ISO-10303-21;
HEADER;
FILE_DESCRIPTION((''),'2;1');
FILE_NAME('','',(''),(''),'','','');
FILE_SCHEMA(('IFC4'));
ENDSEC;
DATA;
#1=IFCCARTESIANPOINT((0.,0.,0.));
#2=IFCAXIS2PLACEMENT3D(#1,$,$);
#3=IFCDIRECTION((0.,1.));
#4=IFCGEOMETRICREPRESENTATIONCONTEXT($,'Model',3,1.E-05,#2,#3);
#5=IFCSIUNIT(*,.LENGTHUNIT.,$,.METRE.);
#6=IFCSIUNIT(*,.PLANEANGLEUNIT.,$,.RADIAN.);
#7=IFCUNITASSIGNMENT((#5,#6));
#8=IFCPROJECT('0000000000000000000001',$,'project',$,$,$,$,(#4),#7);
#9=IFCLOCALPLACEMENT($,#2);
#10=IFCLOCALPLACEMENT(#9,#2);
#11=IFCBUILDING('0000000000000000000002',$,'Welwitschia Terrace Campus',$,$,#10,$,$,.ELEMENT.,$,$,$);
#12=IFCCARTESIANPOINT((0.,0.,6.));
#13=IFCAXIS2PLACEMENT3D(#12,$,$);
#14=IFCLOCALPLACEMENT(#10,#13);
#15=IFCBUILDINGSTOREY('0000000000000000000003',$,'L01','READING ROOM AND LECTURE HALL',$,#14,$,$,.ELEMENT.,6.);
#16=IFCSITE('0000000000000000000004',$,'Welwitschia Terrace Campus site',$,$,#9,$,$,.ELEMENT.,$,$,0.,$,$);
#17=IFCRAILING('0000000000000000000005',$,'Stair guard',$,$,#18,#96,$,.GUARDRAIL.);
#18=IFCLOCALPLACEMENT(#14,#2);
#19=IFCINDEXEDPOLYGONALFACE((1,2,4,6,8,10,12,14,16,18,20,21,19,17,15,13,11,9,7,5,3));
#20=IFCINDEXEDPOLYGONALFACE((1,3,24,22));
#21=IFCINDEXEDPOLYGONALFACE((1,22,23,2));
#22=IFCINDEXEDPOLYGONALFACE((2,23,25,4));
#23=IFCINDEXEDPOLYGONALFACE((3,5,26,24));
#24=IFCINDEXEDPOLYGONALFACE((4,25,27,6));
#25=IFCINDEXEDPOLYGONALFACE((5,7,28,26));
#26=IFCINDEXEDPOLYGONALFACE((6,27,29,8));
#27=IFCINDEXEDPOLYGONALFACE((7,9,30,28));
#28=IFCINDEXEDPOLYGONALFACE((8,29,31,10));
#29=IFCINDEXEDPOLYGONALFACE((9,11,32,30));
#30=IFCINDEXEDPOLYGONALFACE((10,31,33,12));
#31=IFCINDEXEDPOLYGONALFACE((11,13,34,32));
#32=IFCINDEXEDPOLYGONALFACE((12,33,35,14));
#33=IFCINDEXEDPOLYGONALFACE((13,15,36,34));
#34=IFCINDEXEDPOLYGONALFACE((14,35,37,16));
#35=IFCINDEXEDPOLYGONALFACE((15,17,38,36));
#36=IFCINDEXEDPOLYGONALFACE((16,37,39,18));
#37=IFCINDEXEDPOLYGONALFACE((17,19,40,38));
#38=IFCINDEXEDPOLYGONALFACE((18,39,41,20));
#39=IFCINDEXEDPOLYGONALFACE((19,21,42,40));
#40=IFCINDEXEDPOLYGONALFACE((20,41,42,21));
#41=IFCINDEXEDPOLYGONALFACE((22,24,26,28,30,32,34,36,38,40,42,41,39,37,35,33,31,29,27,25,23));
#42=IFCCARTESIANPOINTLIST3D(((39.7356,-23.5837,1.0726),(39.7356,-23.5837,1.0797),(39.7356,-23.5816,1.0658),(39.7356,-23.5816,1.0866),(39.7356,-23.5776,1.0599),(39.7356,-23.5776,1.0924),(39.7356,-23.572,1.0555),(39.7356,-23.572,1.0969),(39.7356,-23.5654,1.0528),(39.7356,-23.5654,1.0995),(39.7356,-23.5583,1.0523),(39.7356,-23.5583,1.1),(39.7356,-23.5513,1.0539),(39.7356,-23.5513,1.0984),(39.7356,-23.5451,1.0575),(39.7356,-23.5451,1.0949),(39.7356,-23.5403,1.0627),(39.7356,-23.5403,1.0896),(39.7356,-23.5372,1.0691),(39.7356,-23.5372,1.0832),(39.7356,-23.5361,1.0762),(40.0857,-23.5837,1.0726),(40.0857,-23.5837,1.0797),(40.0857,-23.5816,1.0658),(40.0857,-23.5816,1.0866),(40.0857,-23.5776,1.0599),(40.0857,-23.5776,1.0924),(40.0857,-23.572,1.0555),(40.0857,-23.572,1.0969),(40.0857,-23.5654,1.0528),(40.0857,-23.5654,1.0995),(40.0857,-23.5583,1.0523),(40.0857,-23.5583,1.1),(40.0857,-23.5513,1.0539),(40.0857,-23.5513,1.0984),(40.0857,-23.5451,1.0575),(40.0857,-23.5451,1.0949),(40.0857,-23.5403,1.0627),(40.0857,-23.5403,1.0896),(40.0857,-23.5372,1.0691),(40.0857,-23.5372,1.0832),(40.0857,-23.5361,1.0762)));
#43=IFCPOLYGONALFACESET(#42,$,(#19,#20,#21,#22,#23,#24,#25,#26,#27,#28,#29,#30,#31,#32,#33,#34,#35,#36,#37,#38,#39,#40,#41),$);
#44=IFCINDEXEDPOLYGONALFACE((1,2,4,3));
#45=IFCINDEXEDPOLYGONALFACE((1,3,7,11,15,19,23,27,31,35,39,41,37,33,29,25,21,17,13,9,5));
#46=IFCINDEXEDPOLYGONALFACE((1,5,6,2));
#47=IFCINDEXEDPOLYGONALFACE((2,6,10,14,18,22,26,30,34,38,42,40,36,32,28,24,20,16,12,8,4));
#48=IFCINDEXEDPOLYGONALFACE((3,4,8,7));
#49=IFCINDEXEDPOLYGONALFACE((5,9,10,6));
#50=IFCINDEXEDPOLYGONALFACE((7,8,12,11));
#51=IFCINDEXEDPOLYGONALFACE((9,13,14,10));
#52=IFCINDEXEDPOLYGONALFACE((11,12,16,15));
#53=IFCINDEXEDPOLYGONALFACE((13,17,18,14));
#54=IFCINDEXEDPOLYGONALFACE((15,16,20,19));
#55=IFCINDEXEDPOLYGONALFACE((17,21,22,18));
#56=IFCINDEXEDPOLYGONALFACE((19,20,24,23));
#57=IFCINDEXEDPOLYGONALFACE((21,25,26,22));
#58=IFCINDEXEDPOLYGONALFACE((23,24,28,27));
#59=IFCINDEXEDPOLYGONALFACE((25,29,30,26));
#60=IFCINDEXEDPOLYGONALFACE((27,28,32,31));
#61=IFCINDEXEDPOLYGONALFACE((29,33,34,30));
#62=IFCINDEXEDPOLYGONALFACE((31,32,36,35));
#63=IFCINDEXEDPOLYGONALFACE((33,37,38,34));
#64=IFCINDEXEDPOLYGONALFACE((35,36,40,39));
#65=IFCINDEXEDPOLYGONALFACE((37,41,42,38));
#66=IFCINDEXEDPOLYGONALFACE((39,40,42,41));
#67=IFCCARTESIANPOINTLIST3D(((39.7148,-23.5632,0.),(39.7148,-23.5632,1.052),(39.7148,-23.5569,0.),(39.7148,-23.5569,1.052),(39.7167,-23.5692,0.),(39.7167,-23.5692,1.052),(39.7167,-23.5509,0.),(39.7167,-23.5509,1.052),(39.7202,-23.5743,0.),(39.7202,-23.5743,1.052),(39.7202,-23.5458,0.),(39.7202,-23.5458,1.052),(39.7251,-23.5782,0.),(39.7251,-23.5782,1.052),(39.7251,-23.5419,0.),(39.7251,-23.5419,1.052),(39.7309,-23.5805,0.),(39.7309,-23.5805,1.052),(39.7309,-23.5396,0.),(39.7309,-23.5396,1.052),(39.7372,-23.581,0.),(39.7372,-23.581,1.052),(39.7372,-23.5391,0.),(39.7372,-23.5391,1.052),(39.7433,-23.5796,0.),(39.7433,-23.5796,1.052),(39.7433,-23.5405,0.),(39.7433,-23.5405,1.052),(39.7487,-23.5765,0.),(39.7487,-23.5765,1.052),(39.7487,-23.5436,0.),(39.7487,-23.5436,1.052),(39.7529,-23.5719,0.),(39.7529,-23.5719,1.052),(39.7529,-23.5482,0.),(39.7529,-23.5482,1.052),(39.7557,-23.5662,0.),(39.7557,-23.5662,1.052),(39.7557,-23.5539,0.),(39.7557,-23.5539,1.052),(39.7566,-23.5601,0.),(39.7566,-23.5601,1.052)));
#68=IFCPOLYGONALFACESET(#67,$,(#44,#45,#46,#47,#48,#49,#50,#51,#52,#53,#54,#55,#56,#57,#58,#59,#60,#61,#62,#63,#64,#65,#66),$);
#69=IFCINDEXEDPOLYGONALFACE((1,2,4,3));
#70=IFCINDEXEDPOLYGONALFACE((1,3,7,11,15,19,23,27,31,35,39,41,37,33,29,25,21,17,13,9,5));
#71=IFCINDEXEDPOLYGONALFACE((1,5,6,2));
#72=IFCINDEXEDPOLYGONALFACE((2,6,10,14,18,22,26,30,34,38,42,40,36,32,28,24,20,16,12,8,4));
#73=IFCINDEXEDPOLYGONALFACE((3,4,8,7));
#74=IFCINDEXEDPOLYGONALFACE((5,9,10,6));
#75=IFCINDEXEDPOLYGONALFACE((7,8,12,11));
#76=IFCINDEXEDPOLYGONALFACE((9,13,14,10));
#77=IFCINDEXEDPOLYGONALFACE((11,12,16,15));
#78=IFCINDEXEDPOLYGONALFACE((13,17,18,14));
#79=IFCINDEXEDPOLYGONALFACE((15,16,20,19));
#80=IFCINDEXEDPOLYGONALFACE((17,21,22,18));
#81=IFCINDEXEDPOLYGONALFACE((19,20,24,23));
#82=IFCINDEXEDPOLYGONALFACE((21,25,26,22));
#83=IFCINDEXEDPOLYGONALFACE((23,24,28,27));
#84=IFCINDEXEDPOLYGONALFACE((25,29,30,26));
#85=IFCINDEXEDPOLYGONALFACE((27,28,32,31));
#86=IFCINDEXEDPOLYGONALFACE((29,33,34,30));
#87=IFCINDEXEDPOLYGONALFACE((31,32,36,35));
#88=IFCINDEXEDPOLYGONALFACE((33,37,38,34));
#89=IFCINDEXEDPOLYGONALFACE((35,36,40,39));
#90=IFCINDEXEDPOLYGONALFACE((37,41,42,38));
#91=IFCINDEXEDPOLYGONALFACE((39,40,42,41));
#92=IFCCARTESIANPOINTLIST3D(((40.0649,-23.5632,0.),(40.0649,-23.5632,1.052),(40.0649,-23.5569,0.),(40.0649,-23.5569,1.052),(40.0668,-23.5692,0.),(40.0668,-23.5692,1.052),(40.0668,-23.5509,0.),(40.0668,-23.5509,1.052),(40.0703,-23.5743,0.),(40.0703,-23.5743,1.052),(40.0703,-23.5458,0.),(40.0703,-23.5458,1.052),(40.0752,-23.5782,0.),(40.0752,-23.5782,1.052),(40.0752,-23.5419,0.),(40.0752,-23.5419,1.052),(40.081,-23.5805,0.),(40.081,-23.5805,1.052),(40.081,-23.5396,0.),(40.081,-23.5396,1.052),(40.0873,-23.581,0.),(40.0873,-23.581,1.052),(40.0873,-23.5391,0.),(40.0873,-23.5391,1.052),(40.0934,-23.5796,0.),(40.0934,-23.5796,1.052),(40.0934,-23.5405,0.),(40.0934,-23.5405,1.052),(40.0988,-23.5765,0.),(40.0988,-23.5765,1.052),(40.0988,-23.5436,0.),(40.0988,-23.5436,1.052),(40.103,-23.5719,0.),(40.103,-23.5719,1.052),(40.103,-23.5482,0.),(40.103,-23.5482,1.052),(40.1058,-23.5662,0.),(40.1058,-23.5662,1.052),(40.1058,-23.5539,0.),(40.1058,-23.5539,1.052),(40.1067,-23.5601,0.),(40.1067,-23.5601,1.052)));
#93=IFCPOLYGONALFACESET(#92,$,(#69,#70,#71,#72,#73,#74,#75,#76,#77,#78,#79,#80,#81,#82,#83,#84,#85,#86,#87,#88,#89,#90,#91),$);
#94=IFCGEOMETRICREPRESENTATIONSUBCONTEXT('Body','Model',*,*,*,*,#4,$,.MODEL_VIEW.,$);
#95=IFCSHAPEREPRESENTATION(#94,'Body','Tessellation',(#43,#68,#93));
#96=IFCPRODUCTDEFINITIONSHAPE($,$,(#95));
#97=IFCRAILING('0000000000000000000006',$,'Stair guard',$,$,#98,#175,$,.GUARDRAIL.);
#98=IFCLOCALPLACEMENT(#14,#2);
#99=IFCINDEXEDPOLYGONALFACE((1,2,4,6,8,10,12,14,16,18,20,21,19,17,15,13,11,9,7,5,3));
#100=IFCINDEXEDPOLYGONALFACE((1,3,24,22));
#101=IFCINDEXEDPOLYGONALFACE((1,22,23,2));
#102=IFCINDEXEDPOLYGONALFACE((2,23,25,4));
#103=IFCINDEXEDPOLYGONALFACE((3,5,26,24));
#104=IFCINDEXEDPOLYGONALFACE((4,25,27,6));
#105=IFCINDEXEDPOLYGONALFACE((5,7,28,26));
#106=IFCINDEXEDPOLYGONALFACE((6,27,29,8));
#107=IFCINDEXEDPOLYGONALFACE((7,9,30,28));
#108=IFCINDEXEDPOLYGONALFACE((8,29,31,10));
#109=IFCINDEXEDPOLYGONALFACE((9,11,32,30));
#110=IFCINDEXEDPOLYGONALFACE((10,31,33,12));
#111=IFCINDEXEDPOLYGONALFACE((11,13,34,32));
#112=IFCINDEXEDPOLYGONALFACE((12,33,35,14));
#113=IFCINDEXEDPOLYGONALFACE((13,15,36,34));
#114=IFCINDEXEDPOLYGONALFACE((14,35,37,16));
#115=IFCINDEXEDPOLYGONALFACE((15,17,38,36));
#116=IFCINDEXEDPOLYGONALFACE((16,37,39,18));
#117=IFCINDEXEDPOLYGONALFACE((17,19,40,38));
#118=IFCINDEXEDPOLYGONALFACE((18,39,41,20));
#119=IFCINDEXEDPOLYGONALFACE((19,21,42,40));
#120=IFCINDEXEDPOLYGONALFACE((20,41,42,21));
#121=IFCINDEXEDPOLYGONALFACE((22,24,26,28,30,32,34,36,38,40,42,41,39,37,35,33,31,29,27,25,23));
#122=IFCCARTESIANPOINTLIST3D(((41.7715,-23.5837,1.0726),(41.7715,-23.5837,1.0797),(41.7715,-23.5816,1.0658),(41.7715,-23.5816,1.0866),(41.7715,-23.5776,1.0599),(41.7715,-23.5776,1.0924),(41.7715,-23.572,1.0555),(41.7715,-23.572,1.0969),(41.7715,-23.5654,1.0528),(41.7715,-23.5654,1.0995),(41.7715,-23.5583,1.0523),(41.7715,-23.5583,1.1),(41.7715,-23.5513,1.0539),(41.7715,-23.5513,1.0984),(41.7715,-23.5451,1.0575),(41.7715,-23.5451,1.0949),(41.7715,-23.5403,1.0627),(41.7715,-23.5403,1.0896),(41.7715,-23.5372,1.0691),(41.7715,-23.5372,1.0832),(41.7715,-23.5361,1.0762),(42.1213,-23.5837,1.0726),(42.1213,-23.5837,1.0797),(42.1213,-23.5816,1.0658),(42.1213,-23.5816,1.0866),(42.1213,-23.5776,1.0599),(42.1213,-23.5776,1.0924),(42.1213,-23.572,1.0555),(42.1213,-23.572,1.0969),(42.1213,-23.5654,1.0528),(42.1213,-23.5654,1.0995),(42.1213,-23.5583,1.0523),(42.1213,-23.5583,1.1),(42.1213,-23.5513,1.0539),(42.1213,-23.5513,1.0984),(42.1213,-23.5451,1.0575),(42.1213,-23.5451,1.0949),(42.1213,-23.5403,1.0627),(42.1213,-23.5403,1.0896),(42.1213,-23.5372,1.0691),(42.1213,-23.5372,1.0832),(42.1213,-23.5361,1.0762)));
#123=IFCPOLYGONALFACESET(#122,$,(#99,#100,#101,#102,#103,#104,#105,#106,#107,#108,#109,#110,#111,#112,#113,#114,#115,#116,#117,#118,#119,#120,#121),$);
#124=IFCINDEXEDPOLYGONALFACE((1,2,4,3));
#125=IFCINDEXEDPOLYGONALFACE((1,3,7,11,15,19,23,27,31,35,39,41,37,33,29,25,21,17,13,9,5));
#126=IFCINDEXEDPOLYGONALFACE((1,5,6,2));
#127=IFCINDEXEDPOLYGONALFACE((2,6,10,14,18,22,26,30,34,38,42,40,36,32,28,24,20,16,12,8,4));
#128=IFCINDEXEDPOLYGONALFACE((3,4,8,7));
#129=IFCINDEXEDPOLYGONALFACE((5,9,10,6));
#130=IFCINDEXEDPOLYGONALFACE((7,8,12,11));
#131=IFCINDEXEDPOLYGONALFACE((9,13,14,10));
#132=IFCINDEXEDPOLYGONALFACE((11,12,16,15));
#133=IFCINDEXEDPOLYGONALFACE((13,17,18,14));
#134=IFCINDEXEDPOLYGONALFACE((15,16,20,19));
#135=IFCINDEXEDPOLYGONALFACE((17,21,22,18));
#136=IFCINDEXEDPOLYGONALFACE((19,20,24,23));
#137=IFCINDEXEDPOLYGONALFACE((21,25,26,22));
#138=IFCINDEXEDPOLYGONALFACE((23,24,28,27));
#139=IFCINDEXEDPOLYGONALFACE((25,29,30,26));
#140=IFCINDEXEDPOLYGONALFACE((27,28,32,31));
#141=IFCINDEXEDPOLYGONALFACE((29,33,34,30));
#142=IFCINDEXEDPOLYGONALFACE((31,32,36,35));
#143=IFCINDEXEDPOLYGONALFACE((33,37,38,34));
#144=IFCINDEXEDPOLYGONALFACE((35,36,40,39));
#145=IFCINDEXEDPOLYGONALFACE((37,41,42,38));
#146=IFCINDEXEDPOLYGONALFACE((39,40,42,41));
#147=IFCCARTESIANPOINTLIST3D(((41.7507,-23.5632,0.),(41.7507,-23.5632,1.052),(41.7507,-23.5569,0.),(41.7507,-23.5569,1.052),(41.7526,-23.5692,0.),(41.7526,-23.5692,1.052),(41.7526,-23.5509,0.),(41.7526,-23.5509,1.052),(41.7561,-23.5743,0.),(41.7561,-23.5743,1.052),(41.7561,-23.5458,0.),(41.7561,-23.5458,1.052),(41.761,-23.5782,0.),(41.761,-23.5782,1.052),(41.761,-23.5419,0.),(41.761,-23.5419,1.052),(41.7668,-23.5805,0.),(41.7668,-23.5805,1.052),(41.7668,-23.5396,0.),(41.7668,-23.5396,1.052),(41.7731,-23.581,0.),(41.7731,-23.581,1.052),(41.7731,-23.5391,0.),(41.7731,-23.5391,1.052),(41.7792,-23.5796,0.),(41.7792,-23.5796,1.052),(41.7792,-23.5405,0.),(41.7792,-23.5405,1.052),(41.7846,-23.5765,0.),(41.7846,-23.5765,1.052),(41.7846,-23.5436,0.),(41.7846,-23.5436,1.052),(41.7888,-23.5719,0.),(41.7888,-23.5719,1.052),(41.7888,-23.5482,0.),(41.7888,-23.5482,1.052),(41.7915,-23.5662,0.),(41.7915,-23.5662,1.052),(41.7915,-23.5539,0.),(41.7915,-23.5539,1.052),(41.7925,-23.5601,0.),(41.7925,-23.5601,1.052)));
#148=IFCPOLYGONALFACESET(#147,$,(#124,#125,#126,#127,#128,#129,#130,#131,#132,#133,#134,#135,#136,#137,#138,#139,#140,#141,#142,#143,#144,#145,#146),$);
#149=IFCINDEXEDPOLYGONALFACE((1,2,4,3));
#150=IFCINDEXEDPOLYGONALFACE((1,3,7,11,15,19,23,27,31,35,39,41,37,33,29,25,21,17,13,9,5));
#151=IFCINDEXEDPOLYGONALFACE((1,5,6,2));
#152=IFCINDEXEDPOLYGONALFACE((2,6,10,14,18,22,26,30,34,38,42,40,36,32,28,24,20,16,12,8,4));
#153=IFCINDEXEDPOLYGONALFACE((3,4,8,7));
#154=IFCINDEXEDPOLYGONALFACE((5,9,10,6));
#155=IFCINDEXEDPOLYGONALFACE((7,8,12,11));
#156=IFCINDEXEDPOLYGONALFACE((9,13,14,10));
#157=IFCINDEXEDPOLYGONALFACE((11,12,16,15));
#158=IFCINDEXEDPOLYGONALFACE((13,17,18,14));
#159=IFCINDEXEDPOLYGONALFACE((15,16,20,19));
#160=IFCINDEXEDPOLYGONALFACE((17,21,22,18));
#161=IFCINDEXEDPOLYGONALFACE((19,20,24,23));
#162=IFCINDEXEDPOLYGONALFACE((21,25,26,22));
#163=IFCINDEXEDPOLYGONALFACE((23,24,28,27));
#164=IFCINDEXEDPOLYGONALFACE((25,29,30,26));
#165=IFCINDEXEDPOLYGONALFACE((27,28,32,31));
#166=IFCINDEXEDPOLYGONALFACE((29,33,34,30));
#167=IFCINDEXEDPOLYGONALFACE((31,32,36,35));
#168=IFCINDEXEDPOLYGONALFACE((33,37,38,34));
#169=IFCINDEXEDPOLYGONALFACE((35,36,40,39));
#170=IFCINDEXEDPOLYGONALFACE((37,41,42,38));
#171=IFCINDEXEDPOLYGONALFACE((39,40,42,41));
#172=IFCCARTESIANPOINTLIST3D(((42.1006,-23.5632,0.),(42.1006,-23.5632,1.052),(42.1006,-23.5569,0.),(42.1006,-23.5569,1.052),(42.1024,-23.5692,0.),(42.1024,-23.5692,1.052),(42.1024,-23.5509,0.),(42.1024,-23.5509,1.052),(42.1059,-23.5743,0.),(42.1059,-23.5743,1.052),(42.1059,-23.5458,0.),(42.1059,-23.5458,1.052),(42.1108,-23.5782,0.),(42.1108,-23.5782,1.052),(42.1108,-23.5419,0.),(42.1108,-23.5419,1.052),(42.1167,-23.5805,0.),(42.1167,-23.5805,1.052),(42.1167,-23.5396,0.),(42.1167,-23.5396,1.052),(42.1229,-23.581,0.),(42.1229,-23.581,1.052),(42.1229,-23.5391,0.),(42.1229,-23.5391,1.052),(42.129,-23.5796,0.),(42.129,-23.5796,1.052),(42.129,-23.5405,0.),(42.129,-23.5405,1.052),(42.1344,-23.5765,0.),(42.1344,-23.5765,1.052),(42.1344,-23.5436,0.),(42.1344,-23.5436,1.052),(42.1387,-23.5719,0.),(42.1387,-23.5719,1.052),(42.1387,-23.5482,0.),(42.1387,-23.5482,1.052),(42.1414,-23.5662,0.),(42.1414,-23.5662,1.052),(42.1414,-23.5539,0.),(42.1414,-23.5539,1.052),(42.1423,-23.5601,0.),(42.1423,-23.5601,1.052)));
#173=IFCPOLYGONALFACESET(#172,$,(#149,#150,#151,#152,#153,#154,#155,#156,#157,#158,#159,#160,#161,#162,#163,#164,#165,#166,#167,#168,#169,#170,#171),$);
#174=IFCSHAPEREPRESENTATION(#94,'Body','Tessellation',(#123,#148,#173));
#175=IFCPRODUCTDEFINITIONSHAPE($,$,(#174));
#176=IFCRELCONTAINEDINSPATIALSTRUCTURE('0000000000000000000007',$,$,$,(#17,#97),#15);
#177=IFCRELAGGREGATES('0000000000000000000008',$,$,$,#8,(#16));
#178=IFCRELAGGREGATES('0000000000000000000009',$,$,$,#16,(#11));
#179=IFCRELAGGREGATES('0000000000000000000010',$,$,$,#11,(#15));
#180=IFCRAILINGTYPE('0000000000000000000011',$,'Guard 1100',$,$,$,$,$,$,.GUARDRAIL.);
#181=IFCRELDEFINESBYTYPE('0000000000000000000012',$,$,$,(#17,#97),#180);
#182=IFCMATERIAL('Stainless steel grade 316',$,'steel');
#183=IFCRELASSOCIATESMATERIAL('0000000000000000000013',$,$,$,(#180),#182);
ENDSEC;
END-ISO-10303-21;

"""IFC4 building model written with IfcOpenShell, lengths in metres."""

from ifc_helpers import new_model, si_unit, direction, frame, origin, origin_2d, place, context, subcontext, project, spatial, circle, extrude, material, type_object, element, save


model = new_model("IFC4")

# Units and contexts
model_context = context("Model", 3, precision=1e-05, world=origin(), true_north=direction((0.0, 1.0)))
body_context = subcontext(model_context, "Body", "Model", "MODEL_VIEW")
ifc_project = project(units=[si_unit("LENGTHUNIT", "METRE"), si_unit("PLANEANGLEUNIT", "RADIAN")], contexts=[model_context])

# Site, building, storey
site_placement = place(None, origin())
site = spatial("IfcSite", under=ifc_project, at=site_placement, Name="Welwitschia Terrace Campus site", CompositionType="ELEMENT", RefElevation=0.0)
building_placement = place(site_placement, origin())
building = spatial("IfcBuilding", under=site, at=building_placement, Name="Welwitschia Terrace Campus", CompositionType="ELEMENT")
storey_placement = place(building_placement, frame((0.0, 0.0, 6.0)))
storey = spatial("IfcBuildingStorey", under=building, at=storey_placement, Name="L01", Description="READING ROOM AND LECTURE HALL", CompositionType="ELEMENT", Elevation=6.0)

# Railings
ifc_material_1 = material(Name="Stainless steel grade 316", Category="steel")
railing_type_1 = type_object("IfcRailingType", Name="Guard 1100", PredefinedType="GUARDRAIL", material=ifc_material_1)
railing_1_placement = place(storey_placement, frame((39.7356, -23.5601, 0.0)))
element("IfcRailing", 1, at=railing_1_placement, inside=storey, type_object=railing_type_1, Name="Stair guard", PredefinedType="GUARDRAIL", context=body_context, shape_type="SweptSolid", body=[
    extrude(circle(Radius=0.0239, at=origin_2d()), frame((0.0, 0.0, 1.0762), z_axis=(1.0, 0.0, 0.0), x_axis=(0.0, 1.0, 0.0)), (0.0, 0.0, 1.0), 0.3501),
    extrude(circle(Radius=0.021, at=origin_2d()), origin(), (0.0, 0.0, 1.0), 1.052),
    extrude(circle(Radius=0.021, at=origin_2d()), frame((0.3501, 0.0, 0.0)), (0.0, 0.0, 1.0), 1.052),
])
for number, where, name in (
    (2, (41.7715, -23.5601, 0.0), "Stair guard"),
):
    element("IfcRailing", number, at=place(storey_placement, frame(where)), inside=storey, type_object=railing_type_1, Name=name, PredefinedType="GUARDRAIL", context=body_context, shape_type="SweptSolid", body=[
        extrude(circle(Radius=0.0239, at=origin_2d()), frame((0.0, 0.0, 1.0762), z_axis=(1.0, 0.0, 0.0), x_axis=(0.0, 1.0, 0.0)), (0.0, 0.0, 1.0), 0.3499),
        extrude(circle(Radius=0.021, at=origin_2d()), origin(), (0.0, 0.0, 1.0), 1.052),
        extrude(circle(Radius=0.021, at=origin_2d()), frame((0.3499, 0.0, 0.0)), (0.0, 0.0, 1.0), 1.052),
    ])

save(model, "model.ifc")
